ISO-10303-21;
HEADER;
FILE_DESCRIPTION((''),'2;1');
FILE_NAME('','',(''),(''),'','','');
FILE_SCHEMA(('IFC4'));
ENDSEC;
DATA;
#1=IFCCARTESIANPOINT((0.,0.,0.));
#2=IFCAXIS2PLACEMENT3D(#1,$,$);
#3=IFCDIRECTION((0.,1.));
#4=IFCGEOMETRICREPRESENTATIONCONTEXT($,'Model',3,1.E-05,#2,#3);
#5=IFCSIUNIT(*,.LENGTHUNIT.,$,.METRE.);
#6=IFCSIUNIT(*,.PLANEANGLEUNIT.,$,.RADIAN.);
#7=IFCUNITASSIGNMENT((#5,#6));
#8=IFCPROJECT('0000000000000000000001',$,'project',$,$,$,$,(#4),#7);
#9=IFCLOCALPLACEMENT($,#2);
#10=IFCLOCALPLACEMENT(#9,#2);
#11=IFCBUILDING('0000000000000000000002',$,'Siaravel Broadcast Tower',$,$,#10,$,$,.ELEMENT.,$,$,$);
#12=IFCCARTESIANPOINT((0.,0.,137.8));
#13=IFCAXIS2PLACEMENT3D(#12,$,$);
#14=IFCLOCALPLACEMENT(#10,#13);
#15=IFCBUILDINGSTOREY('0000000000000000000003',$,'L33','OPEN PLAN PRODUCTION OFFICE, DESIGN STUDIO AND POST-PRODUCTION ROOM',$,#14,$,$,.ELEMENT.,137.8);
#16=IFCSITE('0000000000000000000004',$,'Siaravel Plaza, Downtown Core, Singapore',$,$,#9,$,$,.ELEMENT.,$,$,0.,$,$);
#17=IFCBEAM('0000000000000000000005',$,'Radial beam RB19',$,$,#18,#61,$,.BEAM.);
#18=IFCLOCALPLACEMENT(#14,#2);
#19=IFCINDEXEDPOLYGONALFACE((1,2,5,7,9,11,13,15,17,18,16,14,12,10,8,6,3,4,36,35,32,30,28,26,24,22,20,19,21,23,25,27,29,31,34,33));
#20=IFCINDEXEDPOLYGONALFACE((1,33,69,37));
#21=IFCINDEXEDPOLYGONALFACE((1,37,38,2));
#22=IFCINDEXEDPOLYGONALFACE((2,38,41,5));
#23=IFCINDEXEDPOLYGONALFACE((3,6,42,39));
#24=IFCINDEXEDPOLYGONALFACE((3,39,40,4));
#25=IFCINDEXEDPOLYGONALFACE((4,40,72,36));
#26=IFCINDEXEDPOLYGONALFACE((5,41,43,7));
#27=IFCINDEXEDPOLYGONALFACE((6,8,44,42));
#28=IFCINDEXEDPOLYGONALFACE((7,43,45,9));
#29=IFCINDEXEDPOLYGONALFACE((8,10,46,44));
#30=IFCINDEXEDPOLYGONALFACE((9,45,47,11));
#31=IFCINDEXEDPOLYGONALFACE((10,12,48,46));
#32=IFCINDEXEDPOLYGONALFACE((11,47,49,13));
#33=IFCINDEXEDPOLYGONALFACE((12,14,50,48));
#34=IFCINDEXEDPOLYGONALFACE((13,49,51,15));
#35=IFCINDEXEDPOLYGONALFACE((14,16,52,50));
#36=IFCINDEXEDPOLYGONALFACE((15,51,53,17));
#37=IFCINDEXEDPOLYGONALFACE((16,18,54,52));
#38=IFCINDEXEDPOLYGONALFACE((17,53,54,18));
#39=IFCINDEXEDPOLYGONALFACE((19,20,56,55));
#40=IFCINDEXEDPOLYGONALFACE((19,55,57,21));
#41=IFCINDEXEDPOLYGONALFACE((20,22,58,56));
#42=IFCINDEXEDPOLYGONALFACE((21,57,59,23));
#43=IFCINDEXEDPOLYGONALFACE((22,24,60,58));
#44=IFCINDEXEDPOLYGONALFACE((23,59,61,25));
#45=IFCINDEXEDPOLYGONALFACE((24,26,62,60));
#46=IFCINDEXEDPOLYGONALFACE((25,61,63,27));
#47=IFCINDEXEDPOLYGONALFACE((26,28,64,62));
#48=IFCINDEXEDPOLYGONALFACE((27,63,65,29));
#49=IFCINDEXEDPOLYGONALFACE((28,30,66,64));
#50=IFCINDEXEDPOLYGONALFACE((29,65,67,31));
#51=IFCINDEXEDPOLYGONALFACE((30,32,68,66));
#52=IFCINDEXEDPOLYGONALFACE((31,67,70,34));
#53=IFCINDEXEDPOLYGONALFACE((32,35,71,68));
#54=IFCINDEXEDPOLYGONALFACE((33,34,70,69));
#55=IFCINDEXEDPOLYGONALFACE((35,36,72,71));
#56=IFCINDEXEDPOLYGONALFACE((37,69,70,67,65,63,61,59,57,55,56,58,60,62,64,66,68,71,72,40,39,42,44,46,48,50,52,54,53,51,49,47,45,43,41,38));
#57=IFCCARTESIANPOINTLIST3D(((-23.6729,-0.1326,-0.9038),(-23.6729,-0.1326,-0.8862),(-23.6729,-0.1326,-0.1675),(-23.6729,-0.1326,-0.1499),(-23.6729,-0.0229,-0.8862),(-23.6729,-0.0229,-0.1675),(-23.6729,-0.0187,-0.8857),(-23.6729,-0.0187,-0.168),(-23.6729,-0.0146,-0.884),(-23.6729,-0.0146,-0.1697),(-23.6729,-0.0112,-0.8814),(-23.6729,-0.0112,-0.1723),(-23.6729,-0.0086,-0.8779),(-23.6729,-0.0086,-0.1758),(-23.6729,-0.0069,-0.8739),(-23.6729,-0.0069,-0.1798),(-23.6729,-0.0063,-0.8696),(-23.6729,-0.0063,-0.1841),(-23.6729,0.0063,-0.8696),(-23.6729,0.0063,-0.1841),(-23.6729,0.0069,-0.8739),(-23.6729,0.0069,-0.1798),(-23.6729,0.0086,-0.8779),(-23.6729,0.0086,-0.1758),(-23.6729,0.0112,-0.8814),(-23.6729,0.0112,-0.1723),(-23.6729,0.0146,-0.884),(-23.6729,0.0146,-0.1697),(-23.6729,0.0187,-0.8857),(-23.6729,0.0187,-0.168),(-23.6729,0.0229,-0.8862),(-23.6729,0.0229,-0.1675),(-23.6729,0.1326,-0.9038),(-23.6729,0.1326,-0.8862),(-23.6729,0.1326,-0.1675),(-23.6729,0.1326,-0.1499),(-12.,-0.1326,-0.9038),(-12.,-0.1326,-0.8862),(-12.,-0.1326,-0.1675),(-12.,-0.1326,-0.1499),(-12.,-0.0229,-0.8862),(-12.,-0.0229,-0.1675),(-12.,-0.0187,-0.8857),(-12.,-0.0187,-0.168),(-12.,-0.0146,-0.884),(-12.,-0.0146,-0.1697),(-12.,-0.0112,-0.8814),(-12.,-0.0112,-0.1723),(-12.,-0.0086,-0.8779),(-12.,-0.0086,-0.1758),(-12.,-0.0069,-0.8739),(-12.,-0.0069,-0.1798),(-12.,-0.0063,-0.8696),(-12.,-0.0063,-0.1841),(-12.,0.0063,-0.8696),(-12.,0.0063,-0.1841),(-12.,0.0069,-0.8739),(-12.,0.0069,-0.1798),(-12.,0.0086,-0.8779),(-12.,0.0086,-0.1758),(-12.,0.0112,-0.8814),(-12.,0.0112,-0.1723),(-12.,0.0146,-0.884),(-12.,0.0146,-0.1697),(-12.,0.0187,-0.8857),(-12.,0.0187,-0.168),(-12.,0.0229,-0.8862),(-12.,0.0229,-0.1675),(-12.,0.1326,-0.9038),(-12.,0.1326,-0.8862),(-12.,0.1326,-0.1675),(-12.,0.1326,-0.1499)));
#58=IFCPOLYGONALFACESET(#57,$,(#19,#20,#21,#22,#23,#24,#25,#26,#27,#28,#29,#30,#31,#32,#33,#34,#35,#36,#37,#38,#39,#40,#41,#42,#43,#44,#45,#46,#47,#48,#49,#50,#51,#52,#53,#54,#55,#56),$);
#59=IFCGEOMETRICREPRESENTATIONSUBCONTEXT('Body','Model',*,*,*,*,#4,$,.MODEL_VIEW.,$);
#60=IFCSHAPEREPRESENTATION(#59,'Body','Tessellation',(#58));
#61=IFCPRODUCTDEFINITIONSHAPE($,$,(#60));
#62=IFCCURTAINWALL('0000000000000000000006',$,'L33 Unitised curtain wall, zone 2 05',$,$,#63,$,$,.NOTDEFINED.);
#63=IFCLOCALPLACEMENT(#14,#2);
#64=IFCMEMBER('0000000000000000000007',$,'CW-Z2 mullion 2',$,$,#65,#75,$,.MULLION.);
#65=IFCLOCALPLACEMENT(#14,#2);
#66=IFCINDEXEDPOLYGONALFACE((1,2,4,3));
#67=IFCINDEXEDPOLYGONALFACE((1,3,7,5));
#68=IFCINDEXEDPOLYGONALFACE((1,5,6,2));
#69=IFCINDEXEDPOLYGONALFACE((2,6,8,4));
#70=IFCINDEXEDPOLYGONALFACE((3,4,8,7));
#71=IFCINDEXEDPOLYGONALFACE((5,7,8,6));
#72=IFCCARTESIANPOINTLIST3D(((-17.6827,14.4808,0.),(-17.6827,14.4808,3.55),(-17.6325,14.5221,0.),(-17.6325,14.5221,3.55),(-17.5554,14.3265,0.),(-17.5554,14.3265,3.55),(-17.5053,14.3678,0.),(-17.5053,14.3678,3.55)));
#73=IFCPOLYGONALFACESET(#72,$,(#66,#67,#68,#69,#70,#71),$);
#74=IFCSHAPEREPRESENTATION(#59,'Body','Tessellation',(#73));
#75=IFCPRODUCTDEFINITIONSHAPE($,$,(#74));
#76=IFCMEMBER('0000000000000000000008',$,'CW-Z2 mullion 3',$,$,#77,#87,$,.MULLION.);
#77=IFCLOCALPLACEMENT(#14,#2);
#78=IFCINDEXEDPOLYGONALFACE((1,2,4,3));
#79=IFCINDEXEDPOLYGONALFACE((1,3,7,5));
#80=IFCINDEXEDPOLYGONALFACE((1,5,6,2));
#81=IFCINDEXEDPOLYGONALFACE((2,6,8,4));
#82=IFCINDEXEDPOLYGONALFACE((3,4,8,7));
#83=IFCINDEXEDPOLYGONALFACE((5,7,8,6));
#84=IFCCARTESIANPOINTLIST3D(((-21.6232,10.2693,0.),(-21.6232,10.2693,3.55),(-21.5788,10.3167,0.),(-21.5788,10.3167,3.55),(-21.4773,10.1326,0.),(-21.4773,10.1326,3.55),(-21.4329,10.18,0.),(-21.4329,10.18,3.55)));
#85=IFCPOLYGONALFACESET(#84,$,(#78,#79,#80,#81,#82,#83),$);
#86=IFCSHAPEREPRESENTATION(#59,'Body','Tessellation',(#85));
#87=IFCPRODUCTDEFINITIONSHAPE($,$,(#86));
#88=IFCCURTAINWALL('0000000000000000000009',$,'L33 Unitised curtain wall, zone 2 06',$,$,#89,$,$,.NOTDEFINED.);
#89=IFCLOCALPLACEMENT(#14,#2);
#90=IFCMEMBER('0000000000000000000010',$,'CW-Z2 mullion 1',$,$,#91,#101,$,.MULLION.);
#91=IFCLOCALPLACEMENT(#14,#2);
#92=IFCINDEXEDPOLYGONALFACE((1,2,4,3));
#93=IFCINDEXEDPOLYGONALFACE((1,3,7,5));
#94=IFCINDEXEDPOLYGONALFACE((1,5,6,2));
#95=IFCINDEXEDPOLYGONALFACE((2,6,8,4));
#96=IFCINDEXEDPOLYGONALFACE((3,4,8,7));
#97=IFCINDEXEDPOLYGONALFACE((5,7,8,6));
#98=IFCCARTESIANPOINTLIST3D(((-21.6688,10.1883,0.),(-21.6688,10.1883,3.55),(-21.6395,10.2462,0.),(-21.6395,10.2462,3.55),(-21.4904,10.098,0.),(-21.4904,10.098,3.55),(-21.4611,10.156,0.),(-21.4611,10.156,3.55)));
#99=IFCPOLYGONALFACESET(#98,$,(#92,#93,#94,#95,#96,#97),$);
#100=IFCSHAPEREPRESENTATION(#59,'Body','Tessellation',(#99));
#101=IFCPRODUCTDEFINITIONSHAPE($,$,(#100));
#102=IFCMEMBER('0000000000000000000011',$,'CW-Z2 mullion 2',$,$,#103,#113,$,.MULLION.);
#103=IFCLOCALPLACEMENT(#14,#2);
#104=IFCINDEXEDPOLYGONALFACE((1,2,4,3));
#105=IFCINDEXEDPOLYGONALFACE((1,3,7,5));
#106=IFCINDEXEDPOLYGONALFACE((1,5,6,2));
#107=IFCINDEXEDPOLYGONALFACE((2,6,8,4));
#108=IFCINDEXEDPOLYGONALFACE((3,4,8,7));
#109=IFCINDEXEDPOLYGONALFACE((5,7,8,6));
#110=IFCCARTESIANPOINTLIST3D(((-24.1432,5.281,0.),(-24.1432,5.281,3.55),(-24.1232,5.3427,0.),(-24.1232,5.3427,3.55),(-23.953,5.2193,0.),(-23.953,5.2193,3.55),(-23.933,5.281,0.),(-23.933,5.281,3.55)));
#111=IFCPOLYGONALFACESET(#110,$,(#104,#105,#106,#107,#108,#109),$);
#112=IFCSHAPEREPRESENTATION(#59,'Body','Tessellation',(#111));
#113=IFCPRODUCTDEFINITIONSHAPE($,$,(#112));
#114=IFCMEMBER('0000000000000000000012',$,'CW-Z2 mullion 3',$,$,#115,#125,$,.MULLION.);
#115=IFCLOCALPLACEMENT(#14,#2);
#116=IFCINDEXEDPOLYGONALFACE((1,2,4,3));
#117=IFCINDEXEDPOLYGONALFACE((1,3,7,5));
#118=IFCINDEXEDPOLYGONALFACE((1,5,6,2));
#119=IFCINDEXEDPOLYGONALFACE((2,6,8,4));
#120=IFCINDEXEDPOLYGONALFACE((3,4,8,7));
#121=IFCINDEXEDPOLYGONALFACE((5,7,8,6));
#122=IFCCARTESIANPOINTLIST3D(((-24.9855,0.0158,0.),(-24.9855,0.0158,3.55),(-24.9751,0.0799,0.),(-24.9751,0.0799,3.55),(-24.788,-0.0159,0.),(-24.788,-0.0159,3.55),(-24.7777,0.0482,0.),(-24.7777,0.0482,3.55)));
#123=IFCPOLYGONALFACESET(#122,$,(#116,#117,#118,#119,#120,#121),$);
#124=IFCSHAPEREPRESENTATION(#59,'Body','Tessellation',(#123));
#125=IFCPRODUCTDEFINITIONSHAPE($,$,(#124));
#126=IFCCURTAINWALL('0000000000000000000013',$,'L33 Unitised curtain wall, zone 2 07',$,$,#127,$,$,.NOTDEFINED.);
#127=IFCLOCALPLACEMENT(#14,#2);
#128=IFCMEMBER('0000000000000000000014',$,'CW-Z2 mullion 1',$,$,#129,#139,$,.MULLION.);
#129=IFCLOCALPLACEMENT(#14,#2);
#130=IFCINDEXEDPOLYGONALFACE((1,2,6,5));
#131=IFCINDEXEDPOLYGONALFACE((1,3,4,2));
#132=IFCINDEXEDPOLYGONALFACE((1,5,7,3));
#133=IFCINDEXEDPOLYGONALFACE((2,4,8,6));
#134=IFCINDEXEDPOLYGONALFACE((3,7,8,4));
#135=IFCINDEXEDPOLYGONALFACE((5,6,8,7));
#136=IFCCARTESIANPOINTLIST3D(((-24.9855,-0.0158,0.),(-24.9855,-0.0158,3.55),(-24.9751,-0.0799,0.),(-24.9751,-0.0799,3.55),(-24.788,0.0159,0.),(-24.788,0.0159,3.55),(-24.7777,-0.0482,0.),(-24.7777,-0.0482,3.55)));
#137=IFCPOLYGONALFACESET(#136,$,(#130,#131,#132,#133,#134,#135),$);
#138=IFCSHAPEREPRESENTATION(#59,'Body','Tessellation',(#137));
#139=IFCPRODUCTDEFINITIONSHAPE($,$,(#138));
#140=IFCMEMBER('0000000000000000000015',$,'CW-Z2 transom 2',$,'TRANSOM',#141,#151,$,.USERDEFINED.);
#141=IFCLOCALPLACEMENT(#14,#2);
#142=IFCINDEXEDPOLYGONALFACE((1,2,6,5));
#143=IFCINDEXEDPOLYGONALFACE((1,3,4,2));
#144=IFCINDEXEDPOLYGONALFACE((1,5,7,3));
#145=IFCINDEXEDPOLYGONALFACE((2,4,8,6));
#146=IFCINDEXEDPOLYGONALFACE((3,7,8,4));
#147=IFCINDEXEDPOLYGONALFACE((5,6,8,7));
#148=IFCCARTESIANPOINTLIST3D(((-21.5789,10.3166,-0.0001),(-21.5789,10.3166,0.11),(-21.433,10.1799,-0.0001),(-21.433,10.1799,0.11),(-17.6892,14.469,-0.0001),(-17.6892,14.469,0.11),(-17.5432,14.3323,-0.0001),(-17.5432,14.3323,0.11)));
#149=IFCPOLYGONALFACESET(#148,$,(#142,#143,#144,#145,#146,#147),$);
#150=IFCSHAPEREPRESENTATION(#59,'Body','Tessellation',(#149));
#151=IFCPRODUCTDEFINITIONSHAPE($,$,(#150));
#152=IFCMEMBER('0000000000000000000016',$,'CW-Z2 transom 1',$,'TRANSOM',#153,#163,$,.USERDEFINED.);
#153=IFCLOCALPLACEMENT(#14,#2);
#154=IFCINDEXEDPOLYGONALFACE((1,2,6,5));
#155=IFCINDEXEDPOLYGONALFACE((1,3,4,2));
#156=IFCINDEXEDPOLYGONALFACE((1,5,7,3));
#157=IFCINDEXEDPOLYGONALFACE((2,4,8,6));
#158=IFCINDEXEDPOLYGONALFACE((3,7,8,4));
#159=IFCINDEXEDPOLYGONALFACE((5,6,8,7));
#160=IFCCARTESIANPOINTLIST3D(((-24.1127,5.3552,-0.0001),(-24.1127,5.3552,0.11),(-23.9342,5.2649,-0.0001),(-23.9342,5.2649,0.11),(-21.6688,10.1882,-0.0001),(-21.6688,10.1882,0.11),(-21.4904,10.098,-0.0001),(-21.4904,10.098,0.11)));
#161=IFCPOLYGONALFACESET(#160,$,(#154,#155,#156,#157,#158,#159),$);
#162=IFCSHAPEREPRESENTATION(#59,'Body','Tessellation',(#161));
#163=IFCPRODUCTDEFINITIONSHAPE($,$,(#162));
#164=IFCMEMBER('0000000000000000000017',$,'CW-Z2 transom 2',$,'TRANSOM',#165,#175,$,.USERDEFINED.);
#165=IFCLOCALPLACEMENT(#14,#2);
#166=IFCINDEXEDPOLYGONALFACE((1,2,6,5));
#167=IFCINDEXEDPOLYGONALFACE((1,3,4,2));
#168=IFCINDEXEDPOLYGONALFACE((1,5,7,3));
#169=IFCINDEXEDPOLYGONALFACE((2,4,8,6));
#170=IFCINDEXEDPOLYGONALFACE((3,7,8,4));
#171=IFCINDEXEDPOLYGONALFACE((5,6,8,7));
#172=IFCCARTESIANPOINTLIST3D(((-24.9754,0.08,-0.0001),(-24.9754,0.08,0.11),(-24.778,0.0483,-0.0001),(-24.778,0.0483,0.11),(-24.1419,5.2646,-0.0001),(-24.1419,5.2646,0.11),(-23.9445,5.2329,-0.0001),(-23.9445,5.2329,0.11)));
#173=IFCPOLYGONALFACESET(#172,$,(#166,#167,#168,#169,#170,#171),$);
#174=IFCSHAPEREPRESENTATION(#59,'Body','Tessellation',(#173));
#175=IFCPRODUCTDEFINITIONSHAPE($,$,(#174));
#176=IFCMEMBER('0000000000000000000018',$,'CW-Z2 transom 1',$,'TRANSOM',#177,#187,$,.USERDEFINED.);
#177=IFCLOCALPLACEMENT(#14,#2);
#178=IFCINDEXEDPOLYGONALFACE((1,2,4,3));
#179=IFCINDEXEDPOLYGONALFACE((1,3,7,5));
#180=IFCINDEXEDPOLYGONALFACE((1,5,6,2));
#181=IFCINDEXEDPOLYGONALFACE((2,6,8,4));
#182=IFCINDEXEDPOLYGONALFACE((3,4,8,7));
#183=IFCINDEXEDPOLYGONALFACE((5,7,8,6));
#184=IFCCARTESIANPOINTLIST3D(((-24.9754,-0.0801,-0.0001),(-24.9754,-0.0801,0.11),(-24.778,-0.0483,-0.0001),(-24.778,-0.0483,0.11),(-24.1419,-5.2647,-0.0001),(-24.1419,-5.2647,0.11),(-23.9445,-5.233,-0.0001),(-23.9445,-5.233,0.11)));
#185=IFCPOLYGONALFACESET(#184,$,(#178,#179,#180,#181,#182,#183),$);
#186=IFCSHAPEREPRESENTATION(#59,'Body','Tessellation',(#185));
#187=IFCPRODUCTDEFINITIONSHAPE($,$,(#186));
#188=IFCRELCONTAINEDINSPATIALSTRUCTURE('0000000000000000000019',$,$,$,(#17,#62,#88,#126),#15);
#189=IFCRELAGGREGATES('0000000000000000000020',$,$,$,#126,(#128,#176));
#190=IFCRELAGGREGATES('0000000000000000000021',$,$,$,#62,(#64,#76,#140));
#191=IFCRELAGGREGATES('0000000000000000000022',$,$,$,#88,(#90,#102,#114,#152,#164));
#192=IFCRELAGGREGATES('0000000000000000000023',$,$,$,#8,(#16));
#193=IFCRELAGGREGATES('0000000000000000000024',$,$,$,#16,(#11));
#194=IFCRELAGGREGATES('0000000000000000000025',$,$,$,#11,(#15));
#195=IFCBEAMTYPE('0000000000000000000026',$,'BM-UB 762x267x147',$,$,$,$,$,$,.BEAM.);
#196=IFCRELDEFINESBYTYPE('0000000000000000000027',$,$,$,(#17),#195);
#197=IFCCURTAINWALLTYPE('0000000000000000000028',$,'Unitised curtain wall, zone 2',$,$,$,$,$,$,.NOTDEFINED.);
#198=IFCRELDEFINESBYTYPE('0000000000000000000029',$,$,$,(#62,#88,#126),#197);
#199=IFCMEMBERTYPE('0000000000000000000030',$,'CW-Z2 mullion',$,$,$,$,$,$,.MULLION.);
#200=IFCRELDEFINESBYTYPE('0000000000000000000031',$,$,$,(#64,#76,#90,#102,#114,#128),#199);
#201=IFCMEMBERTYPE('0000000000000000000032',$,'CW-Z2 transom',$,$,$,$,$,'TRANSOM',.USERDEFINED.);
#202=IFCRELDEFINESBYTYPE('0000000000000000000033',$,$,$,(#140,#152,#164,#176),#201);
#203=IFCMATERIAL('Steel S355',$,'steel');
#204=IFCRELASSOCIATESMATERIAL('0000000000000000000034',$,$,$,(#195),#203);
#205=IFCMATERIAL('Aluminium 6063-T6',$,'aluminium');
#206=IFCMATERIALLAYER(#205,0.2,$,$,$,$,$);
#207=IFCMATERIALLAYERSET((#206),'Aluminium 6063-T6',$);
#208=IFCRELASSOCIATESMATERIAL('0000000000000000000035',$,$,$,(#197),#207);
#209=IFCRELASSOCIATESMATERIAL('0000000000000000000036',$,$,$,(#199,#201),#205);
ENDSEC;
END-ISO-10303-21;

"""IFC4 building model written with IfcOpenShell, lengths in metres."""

from ifc_helpers import new_model, si_unit, direction, frame, origin, origin_2d, place, context, subcontext, project, spatial, rectangle, i_section, extrude, material, layer, layer_set, material_profile, profile_set, type_object, element, aggregate, save


model = new_model("IFC4")

# Units and contexts
model_context = context("Model", 3, precision=1e-05, world=origin(), true_north=direction((0.0, 1.0)))
body_context = subcontext(model_context, "Body", "Model", "MODEL_VIEW")
ifc_project = project(units=[si_unit("LENGTHUNIT", "METRE"), si_unit("PLANEANGLEUNIT", "RADIAN")], contexts=[model_context])

# Site, building, storey
site_placement = place(None, origin())
site = spatial("IfcSite", under=ifc_project, at=site_placement, Name="Siaravel Plaza, Downtown Core, Singapore", CompositionType="ELEMENT", RefElevation=0.0)
building_placement = place(site_placement, origin())
building = spatial("IfcBuilding", under=site, at=building_placement, Name="Siaravel Broadcast Tower", CompositionType="ELEMENT")
storey_placement = place(building_placement, frame((0.0, 0.0, 137.8)))
storey = spatial("IfcBuildingStorey", under=building, at=storey_placement, Name="L33", Description="OPEN PLAN PRODUCTION OFFICE, DESIGN STUDIO AND POST-PRODUCTION ROOM", CompositionType="ELEMENT", Elevation=137.8)

# Beam
ifc_material_1 = material(Name="Steel S355", Category="steel")
ifc_material_profile_1 = material_profile(ifc_material_1, i_section(OverallWidth=0.2651, OverallDepth=0.7539, WebThickness=0.0127, FlangeThickness=0.0176, FilletRadius=0.0166, at=origin_2d()))
ifc_profile_set_1 = profile_set([ifc_material_profile_1], Name="Steel S355")
beam_type = type_object("IfcBeamType", Name="BM-UB 762x267x147", PredefinedType="BEAM", material=ifc_profile_set_1)
beam_1_placement = place(storey_placement, frame((-23.6729, 0.0, -0.5269), z_axis=(1.0, 0.0, 0.0), x_axis=(0.0, 1.0, 0.0)))
element("IfcBeam", 1, at=beam_1_placement, inside=storey, type_object=beam_type, Name="Radial beam RB19", PredefinedType="BEAM", context=body_context, shape_type="SweptSolid", body=[
    extrude(i_section(OverallWidth=0.2651, OverallDepth=0.7539, WebThickness=0.0127, FlangeThickness=0.0176, FilletRadius=0.0166, at=origin_2d()), origin(), (0.0, 0.0, 1.0), 11.6729),
])

# Curtain walls, members
ifc_material_2 = material(Name="Aluminium 6063-T6", Category="aluminium")
ifc_layer_1 = layer(ifc_material_2, 0.2)
ifc_layer_set_1 = layer_set([ifc_layer_1], Name="Aluminium 6063-T6")
curtain_wall_type = type_object("IfcCurtainWallType", Name="Unitised curtain wall, zone 2", PredefinedType="NOTDEFINED", material=ifc_layer_set_1)
curtain_wall_1_placement = place(storey_placement, origin())
curtain_wall_1 = element("IfcCurtainWall", 2, at=curtain_wall_1_placement, inside=storey, type_object=curtain_wall_type, Name="L33 Unitised curtain wall, zone 2 05", PredefinedType="NOTDEFINED")
ifc_material_profile_2 = material_profile(ifc_material_2, rectangle(XDim=0.2, YDim=0.0649, at=origin_2d()))
ifc_profile_set_2 = profile_set([ifc_material_profile_2], Name="Aluminium 6063-T6")
member_type_1 = type_object("IfcMemberType", Name="CW-Z2 mullion", PredefinedType="MULLION", material=ifc_profile_set_2)
member_1_placement = place(storey_placement, frame((-17.594, 14.4243, 0.0), z_axis=(0.0, 0.0, 1.0), x_axis=(0.63622, -0.771507, 0.0)))
member_1 = element("IfcMember", 3, at=member_1_placement, type_object=member_type_1, Name="CW-Z2 mullion 2", PredefinedType="MULLION", context=body_context, shape_type="SweptSolid", body=[
    extrude(rectangle(XDim=0.2, YDim=0.0649, at=origin_2d()), origin(), (0.0, 0.0, 1.0), 3.55),
])
member_2_placement = place(storey_placement, frame((-21.5281, 10.2246, 0.0), z_axis=(0.0, 0.0, 1.0), x_axis=(0.729807, -0.683653, 0.0)))
member_2 = element("IfcMember", 4, at=member_2_placement, type_object=member_type_1, Name="CW-Z2 mullion 3", PredefinedType="MULLION", context=body_context, shape_type="SweptSolid", body=[
    extrude(rectangle(XDim=0.2, YDim=0.0649, at=origin_2d()), origin(), (0.0, 0.0, 1.0), 3.55),
])
curtain_wall_2_placement = place(storey_placement, origin())
curtain_wall_2 = element("IfcCurtainWall", 5, at=curtain_wall_2_placement, inside=storey, type_object=curtain_wall_type, Name="L33 Unitised curtain wall, zone 2 06", PredefinedType="NOTDEFINED")
member_3_placement = place(storey_placement, frame((-21.5649, 10.1721, 0.0), z_axis=(0.0, 0.0, 1.0), x_axis=(0.892393, -0.451259, 0.0)))
member_3 = element("IfcMember", 6, at=member_3_placement, type_object=member_type_1, Name="CW-Z2 mullion 1", PredefinedType="MULLION", context=body_context, shape_type="SweptSolid", body=[
    extrude(rectangle(XDim=0.2, YDim=0.0649, at=origin_2d()), origin(), (0.0, 0.0, 1.0), 3.55),
])
member_4_placement = place(storey_placement, frame((-24.0381, 5.281, 0.0), z_axis=(0.0, 0.0, 1.0), x_axis=(0.951178, -0.308644, 0.0)))
member_4 = element("IfcMember", 7, at=member_4_placement, type_object=member_type_1, Name="CW-Z2 mullion 2", PredefinedType="MULLION", context=body_context, shape_type="SweptSolid", body=[
    extrude(rectangle(XDim=0.2, YDim=0.0649, at=origin_2d()), origin(), (0.0, 0.0, 1.0), 3.55),
])
member_5_placement = place(storey_placement, frame((-24.8816, 0.032, 0.0), z_axis=(0.0, 0.0, 1.0), x_axis=(0.987329, -0.158685, 0.0)))
member_5 = element("IfcMember", 8, at=member_5_placement, type_object=member_type_1, Name="CW-Z2 mullion 3", PredefinedType="MULLION", context=body_context, shape_type="SweptSolid", body=[
    extrude(rectangle(XDim=0.2, YDim=0.0649, at=origin_2d()), origin(), (0.0, 0.0, 1.0), 3.55),
])

# Curtain wall, member
curtain_wall_3_placement = place(storey_placement, origin())
curtain_wall_3 = element("IfcCurtainWall", 9, at=curtain_wall_3_placement, inside=storey, type_object=curtain_wall_type, Name="L33 Unitised curtain wall, zone 2 07", PredefinedType="NOTDEFINED")
member_6_placement = place(storey_placement, frame((-24.8816, -0.032, 0.0), z_axis=(0.0, 0.0, 1.0), x_axis=(0.987329, 0.158685, 0.0)))
member_6 = element("IfcMember", 10, at=member_6_placement, type_object=member_type_1, Name="CW-Z2 mullion 1", PredefinedType="MULLION", context=body_context, shape_type="SweptSolid", body=[
    extrude(rectangle(XDim=0.2, YDim=0.0649, at=origin_2d()), origin(), (0.0, 0.0, 1.0), 3.55),
])

# Members
ifc_material_profile_3 = material_profile(ifc_material_2, rectangle(XDim=0.2, YDim=0.1101, at=origin_2d()))
ifc_profile_set_3 = profile_set([ifc_material_profile_3], Name="Aluminium 6063-T6")
member_type_2 = type_object("IfcMemberType", Name="CW-Z2 transom", ElementType="TRANSOM", PredefinedType="USERDEFINED", material=ifc_profile_set_3)
member_7_placement = place(storey_placement, frame((-17.6162, 14.4006, 0.0549), z_axis=(-0.683644, -0.729815, 0.0), x_axis=(0.729815, -0.683644, 0.0)))
member_7 = element("IfcMember", 11, at=member_7_placement, type_object=member_type_2, Name="CW-Z2 transom 2", ObjectType="TRANSOM", PredefinedType="USERDEFINED", context=body_context, shape_type="SweptSolid", body=[
    extrude(rectangle(XDim=0.2, YDim=0.1101, at=origin_2d()), origin(), (0.0, 0.0, 1.0), 5.6897),
])
member_8_placement = place(storey_placement, frame((-21.5796, 10.1431, 0.0549), z_axis=(-0.451248, -0.892398, 0.0), x_axis=(0.892398, -0.451248, 0.0)))
member_8 = element("IfcMember", 12, at=member_8_placement, type_object=member_type_2, Name="CW-Z2 transom 1", ObjectType="TRANSOM", PredefinedType="USERDEFINED", context=body_context, shape_type="SweptSolid", body=[
    extrude(rectangle(XDim=0.2, YDim=0.1101, at=origin_2d()), origin(), (0.0, 0.0, 1.0), 5.4158),
])
member_9_placement = place(storey_placement, frame((-24.0432, 5.2488, 0.0549), z_axis=(-0.158727, -0.987323, 0.0), x_axis=(0.987323, -0.158727, 0.0)))
member_9 = element("IfcMember", 13, at=member_9_placement, type_object=member_type_2, Name="CW-Z2 transom 2", ObjectType="TRANSOM", PredefinedType="USERDEFINED", context=body_context, shape_type="SweptSolid", body=[
    extrude(rectangle(XDim=0.2, YDim=0.1101, at=origin_2d()), origin(), (0.0, 0.0, 1.0), 5.2512),
])
member_10_placement = place(storey_placement, frame((-24.8767, -0.0642, 0.0549), z_axis=(0.158727, -0.987323, 0.0), x_axis=(0.987323, 0.158727, 0.0)))
member_10 = element("IfcMember", 14, at=member_10_placement, type_object=member_type_2, Name="CW-Z2 transom 1", ObjectType="TRANSOM", PredefinedType="USERDEFINED", context=body_context, shape_type="SweptSolid", body=[
    extrude(rectangle(XDim=0.2, YDim=0.1101, at=origin_2d()), origin(), (0.0, 0.0, 1.0), 5.2512),
])
aggregate(curtain_wall_3, [member_6, member_10])

aggregate(curtain_wall_1, [member_1, member_2, member_7])
aggregate(curtain_wall_2, [member_3, member_4, member_5, member_8, member_9])

save(model, "model.ifc")
